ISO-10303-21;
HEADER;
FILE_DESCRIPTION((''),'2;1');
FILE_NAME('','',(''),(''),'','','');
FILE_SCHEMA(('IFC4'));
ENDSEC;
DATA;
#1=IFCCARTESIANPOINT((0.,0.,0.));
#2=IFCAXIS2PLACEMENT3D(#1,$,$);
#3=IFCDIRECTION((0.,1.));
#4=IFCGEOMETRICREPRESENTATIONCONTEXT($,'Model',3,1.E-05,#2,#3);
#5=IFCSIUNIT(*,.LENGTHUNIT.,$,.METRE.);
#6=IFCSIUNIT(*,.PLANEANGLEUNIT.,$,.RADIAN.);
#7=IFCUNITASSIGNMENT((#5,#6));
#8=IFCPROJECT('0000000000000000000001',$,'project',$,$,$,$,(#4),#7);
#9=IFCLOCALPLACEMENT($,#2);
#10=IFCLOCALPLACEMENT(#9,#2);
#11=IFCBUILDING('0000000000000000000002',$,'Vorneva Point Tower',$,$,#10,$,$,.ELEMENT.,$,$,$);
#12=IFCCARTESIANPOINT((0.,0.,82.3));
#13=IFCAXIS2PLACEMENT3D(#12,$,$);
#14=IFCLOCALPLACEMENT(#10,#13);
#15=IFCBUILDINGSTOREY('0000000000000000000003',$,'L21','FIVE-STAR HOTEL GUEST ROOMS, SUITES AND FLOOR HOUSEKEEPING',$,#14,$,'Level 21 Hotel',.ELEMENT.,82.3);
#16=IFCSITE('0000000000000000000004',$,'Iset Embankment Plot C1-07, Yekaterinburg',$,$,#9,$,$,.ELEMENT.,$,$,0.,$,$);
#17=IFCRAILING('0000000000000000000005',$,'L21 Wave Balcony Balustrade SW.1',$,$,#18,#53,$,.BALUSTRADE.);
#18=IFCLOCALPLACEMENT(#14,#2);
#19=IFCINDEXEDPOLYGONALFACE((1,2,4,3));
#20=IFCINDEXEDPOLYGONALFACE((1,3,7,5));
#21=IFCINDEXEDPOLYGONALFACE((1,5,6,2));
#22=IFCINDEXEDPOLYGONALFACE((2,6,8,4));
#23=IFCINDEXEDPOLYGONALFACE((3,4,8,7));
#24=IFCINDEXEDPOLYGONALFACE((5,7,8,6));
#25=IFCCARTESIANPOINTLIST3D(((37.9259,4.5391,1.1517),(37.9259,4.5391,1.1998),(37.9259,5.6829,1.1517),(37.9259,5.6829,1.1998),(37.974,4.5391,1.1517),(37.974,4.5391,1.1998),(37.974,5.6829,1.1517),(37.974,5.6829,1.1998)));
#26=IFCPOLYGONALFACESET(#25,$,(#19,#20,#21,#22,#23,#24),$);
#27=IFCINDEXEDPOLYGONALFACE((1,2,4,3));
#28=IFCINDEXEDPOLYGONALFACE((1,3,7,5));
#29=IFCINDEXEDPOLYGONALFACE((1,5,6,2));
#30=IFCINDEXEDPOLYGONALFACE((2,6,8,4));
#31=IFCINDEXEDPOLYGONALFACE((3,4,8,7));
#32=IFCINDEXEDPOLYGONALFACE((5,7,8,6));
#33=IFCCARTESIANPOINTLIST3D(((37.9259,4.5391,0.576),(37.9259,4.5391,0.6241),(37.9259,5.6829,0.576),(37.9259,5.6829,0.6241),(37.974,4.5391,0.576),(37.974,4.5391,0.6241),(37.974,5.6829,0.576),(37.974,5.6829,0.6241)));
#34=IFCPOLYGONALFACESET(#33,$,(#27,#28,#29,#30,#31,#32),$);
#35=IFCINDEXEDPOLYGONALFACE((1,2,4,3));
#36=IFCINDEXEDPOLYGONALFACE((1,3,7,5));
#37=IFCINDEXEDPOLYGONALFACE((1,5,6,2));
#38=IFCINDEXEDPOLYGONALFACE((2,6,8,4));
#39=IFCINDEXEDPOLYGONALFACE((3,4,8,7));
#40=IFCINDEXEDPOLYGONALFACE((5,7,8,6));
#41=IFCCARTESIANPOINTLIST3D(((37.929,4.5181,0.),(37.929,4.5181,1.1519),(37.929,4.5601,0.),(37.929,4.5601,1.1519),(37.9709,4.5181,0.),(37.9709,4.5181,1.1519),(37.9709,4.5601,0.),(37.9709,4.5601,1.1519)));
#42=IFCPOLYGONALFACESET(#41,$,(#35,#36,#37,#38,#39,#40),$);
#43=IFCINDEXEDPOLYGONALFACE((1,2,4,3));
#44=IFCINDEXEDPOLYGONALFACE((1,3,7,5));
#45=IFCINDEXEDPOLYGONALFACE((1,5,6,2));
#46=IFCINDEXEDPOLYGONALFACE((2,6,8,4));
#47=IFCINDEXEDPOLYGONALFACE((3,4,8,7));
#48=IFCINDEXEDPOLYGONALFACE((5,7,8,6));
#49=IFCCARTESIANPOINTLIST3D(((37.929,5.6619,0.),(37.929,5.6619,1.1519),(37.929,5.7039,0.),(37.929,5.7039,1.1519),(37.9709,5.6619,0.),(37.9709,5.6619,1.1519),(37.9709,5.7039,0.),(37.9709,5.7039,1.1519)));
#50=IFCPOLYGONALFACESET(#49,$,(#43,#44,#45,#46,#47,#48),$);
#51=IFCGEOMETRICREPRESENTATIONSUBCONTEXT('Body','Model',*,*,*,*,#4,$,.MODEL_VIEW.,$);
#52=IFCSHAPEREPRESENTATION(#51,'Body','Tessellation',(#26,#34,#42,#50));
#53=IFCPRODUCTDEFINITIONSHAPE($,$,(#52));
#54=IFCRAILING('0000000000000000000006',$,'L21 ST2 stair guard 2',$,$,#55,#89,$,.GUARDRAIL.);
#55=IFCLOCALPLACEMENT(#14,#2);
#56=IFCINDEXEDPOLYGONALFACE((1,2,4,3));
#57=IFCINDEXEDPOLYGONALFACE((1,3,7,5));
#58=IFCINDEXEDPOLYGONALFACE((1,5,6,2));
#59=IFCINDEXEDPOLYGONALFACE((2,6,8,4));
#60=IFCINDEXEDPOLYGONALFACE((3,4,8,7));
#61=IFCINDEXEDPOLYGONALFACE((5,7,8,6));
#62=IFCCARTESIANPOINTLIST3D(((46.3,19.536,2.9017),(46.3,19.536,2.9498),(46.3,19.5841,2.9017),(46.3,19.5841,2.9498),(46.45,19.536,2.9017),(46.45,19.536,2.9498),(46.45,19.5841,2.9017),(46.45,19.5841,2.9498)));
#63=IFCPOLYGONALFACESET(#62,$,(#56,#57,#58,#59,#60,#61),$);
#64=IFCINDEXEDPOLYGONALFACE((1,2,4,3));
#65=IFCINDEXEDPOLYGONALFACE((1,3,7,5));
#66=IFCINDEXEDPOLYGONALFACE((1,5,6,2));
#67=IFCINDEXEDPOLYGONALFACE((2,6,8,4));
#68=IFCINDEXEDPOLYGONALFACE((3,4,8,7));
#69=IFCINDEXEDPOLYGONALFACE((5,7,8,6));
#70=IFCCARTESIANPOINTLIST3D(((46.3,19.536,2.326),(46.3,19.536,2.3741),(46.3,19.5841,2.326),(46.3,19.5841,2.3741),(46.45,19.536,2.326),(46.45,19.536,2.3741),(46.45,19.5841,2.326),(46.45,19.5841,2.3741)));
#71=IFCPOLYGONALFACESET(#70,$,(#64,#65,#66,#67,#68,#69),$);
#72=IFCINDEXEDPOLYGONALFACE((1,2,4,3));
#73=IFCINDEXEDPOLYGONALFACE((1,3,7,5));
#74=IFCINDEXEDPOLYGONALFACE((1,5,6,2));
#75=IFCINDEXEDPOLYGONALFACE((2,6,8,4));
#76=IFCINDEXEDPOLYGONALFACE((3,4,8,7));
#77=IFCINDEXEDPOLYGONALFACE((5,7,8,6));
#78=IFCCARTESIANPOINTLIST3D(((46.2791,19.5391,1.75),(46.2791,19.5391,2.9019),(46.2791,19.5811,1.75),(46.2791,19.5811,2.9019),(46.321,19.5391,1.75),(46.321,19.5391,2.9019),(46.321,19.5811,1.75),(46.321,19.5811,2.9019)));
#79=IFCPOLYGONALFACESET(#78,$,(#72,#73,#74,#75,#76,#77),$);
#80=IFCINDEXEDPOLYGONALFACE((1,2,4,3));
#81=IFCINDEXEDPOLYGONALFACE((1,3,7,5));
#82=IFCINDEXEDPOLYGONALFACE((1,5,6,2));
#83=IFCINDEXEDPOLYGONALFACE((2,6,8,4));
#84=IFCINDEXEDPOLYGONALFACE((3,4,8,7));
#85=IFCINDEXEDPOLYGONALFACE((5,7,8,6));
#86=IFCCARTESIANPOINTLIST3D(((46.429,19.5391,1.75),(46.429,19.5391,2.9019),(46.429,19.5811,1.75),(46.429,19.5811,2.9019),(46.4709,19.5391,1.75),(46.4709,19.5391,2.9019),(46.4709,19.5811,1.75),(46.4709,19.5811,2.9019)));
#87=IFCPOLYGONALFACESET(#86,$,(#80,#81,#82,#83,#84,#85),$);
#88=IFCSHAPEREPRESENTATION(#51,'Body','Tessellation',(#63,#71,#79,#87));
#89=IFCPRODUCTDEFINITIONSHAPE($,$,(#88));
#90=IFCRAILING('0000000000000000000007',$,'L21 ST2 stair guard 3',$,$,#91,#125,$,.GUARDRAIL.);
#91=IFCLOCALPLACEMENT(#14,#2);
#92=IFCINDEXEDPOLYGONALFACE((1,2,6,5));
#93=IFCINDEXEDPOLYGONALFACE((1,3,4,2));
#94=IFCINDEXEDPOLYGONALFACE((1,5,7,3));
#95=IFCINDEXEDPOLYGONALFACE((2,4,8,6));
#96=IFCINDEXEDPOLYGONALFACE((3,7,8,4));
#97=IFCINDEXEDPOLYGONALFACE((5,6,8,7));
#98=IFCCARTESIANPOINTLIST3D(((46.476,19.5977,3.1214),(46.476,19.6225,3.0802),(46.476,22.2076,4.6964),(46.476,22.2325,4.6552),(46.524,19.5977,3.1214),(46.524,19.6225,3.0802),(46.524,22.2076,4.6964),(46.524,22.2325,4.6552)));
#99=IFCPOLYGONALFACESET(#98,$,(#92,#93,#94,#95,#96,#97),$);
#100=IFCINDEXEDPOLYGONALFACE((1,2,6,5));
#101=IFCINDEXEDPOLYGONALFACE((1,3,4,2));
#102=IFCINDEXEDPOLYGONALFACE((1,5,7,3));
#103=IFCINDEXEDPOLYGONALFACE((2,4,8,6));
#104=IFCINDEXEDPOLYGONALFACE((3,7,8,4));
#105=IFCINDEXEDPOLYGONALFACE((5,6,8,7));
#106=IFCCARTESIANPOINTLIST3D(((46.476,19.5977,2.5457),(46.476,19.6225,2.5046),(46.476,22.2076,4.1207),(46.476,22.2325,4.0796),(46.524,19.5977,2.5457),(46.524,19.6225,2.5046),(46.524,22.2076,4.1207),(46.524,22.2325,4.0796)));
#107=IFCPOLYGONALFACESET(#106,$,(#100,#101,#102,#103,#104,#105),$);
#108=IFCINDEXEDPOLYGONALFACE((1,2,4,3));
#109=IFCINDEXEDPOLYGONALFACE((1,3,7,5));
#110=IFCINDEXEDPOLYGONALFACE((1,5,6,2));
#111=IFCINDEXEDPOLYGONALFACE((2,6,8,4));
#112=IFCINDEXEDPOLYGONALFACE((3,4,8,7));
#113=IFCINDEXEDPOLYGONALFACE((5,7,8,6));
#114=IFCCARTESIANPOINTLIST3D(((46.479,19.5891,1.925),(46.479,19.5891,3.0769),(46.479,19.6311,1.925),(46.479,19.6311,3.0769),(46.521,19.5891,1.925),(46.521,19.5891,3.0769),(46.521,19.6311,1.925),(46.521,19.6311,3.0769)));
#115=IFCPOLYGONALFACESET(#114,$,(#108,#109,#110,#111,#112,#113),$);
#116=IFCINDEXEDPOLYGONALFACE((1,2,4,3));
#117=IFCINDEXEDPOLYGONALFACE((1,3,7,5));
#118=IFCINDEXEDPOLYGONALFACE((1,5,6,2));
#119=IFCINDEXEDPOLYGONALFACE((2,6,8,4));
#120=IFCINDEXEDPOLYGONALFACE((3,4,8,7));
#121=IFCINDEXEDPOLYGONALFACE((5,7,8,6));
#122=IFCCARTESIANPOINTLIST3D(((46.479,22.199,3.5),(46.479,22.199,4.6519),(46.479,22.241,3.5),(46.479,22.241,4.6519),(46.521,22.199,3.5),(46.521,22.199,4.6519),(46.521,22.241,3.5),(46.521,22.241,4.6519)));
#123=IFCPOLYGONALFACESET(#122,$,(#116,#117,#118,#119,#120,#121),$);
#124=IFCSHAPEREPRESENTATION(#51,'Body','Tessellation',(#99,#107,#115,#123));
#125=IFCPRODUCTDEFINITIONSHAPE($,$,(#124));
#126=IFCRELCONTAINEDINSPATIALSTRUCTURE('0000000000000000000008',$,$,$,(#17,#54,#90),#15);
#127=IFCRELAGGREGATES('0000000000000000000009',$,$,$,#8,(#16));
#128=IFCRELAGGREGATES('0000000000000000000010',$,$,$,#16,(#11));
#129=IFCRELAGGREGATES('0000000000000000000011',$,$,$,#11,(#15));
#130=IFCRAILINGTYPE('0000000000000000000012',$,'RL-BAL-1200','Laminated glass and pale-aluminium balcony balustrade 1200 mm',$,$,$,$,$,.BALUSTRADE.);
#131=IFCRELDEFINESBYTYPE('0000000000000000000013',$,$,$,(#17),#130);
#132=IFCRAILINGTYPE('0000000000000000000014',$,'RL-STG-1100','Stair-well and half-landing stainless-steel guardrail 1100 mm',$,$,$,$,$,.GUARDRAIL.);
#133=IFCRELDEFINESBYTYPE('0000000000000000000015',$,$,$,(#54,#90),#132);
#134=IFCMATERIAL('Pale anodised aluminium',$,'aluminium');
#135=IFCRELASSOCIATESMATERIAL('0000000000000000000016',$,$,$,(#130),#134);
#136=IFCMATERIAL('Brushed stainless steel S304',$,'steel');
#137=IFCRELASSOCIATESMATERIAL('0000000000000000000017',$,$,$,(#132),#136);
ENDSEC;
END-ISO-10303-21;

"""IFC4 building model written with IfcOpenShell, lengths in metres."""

from ifc_helpers import new_model, si_unit, direction, frame, origin, origin_2d, place, context, subcontext, project, spatial, rectangle, extrude, material, type_object, element, save


model = new_model("IFC4")

# Units and contexts
model_context = context("Model", 3, precision=1e-05, world=origin(), true_north=direction((0.0, 1.0)))
body_context = subcontext(model_context, "Body", "Model", "MODEL_VIEW")
ifc_project = project(units=[si_unit("LENGTHUNIT", "METRE"), si_unit("PLANEANGLEUNIT", "RADIAN")], contexts=[model_context])

# Site, building, storey
site_placement = place(None, origin())
site = spatial("IfcSite", under=ifc_project, at=site_placement, Name="Iset Embankment Plot C1-07, Yekaterinburg", CompositionType="ELEMENT", RefElevation=0.0)
building_placement = place(site_placement, origin())
building = spatial("IfcBuilding", under=site, at=building_placement, Name="Vorneva Point Tower", CompositionType="ELEMENT")
storey_placement = place(building_placement, frame((0.0, 0.0, 82.3)))
storey = spatial("IfcBuildingStorey", under=building, at=storey_placement, Name="L21", Description="FIVE-STAR HOTEL GUEST ROOMS, SUITES AND FLOOR HOUSEKEEPING", LongName="Level 21 Hotel", CompositionType="ELEMENT", Elevation=82.3)

# Shared definitions
ifc_material_1 = material(Name="Pale anodised aluminium", Category="aluminium")

# Railings
railing_type_1 = type_object("IfcRailingType", Name="RL-BAL-1200", Description="Laminated glass and pale-aluminium balcony balustrade 1200 mm", PredefinedType="BALUSTRADE", material=ifc_material_1)
railing_1_placement = place(storey_placement, frame((37.95, 4.5391, 0.0)))
element("IfcRailing", 1, at=railing_1_placement, inside=storey, type_object=railing_type_1, Name="L21 Wave Balcony Balustrade SW.1", PredefinedType="BALUSTRADE", context=body_context, shape_type="SweptSolid", body=[
    extrude(rectangle(XDim=0.0481, YDim=0.0481, at=origin_2d()), frame((0.0, 0.0, 1.1758), z_axis=(0.0, 1.0, 0.0), x_axis=(-1.0, 0.0, 0.0)), (0.0, 0.0, 1.0), 1.1438),
    extrude(rectangle(XDim=0.0481, YDim=0.0481, at=origin_2d()), frame((0.0, 0.0, 0.6001), z_axis=(0.0, 1.0, 0.0), x_axis=(-1.0, 0.0, 0.0)), (0.0, 0.0, 1.0), 1.1438),
    extrude(rectangle(XDim=0.042, YDim=0.042, at=origin_2d()), origin(), (0.0, 0.0, 1.0), 1.1519),
    extrude(rectangle(XDim=0.042, YDim=0.042, at=origin_2d()), frame((0.0, 1.1438, 0.0)), (0.0, 0.0, 1.0), 1.1519),
])
ifc_material_2 = material(Name="Brushed stainless steel S304", Category="steel")
railing_type_2 = type_object("IfcRailingType", Name="RL-STG-1100", Description="Stair-well and half-landing stainless-steel guardrail 1100 mm", PredefinedType="GUARDRAIL", material=ifc_material_2)
railing_2_placement = place(storey_placement, frame((46.3, 19.5601, 1.75)))
element("IfcRailing", 2, at=railing_2_placement, inside=storey, type_object=railing_type_2, Name="L21 ST2 stair guard 2", PredefinedType="GUARDRAIL", context=body_context, shape_type="SweptSolid", body=[
    extrude(rectangle(XDim=0.0481, YDim=0.0481, at=origin_2d()), frame((0.0, 0.0, 1.1758), z_axis=(1.0, 0.0, 0.0), x_axis=(0.0, 1.0, 0.0)), (0.0, 0.0, 1.0), 0.1499),
    extrude(rectangle(XDim=0.0481, YDim=0.0481, at=origin_2d()), frame((0.0, 0.0, 0.6001), z_axis=(1.0, 0.0, 0.0), x_axis=(0.0, 1.0, 0.0)), (0.0, 0.0, 1.0), 0.1499),
    extrude(rectangle(XDim=0.042, YDim=0.042, at=origin_2d()), origin(), (0.0, 0.0, 1.0), 1.1519),
    extrude(rectangle(XDim=0.042, YDim=0.042, at=origin_2d()), frame((0.1499, 0.0, 0.0)), (0.0, 0.0, 1.0), 1.1519),
])
railing_3_placement = place(storey_placement, frame((46.5, 19.6101, 1.925)))
element("IfcRailing", 3, at=railing_3_placement, inside=storey, type_object=railing_type_2, Name="L21 ST2 stair guard 3", PredefinedType="GUARDRAIL", context=body_context, shape_type="SweptSolid", body=[
    extrude(rectangle(XDim=0.0481, YDim=0.0481, at=origin_2d()), frame((0.0, 0.0, 1.1758), z_axis=(0.0, 0.856183, 0.516673), x_axis=(-1.0, 0.0, 0.0)), (0.0, 0.0, 1.0), 3.0483),
    extrude(rectangle(XDim=0.0481, YDim=0.0481, at=origin_2d()), frame((0.0, 0.0, 0.6001), z_axis=(0.0, 0.856183, 0.516673), x_axis=(-1.0, 0.0, 0.0)), (0.0, 0.0, 1.0), 3.0483),
    extrude(rectangle(XDim=0.042, YDim=0.042, at=origin_2d()), origin(), (0.0, 0.0, 1.0), 1.1519),
    extrude(rectangle(XDim=0.042, YDim=0.042, at=origin_2d()), frame((0.0, 2.6099, 1.575)), (0.0, 0.0, 1.0), 1.1519),
])

save(model, "model.ifc")
